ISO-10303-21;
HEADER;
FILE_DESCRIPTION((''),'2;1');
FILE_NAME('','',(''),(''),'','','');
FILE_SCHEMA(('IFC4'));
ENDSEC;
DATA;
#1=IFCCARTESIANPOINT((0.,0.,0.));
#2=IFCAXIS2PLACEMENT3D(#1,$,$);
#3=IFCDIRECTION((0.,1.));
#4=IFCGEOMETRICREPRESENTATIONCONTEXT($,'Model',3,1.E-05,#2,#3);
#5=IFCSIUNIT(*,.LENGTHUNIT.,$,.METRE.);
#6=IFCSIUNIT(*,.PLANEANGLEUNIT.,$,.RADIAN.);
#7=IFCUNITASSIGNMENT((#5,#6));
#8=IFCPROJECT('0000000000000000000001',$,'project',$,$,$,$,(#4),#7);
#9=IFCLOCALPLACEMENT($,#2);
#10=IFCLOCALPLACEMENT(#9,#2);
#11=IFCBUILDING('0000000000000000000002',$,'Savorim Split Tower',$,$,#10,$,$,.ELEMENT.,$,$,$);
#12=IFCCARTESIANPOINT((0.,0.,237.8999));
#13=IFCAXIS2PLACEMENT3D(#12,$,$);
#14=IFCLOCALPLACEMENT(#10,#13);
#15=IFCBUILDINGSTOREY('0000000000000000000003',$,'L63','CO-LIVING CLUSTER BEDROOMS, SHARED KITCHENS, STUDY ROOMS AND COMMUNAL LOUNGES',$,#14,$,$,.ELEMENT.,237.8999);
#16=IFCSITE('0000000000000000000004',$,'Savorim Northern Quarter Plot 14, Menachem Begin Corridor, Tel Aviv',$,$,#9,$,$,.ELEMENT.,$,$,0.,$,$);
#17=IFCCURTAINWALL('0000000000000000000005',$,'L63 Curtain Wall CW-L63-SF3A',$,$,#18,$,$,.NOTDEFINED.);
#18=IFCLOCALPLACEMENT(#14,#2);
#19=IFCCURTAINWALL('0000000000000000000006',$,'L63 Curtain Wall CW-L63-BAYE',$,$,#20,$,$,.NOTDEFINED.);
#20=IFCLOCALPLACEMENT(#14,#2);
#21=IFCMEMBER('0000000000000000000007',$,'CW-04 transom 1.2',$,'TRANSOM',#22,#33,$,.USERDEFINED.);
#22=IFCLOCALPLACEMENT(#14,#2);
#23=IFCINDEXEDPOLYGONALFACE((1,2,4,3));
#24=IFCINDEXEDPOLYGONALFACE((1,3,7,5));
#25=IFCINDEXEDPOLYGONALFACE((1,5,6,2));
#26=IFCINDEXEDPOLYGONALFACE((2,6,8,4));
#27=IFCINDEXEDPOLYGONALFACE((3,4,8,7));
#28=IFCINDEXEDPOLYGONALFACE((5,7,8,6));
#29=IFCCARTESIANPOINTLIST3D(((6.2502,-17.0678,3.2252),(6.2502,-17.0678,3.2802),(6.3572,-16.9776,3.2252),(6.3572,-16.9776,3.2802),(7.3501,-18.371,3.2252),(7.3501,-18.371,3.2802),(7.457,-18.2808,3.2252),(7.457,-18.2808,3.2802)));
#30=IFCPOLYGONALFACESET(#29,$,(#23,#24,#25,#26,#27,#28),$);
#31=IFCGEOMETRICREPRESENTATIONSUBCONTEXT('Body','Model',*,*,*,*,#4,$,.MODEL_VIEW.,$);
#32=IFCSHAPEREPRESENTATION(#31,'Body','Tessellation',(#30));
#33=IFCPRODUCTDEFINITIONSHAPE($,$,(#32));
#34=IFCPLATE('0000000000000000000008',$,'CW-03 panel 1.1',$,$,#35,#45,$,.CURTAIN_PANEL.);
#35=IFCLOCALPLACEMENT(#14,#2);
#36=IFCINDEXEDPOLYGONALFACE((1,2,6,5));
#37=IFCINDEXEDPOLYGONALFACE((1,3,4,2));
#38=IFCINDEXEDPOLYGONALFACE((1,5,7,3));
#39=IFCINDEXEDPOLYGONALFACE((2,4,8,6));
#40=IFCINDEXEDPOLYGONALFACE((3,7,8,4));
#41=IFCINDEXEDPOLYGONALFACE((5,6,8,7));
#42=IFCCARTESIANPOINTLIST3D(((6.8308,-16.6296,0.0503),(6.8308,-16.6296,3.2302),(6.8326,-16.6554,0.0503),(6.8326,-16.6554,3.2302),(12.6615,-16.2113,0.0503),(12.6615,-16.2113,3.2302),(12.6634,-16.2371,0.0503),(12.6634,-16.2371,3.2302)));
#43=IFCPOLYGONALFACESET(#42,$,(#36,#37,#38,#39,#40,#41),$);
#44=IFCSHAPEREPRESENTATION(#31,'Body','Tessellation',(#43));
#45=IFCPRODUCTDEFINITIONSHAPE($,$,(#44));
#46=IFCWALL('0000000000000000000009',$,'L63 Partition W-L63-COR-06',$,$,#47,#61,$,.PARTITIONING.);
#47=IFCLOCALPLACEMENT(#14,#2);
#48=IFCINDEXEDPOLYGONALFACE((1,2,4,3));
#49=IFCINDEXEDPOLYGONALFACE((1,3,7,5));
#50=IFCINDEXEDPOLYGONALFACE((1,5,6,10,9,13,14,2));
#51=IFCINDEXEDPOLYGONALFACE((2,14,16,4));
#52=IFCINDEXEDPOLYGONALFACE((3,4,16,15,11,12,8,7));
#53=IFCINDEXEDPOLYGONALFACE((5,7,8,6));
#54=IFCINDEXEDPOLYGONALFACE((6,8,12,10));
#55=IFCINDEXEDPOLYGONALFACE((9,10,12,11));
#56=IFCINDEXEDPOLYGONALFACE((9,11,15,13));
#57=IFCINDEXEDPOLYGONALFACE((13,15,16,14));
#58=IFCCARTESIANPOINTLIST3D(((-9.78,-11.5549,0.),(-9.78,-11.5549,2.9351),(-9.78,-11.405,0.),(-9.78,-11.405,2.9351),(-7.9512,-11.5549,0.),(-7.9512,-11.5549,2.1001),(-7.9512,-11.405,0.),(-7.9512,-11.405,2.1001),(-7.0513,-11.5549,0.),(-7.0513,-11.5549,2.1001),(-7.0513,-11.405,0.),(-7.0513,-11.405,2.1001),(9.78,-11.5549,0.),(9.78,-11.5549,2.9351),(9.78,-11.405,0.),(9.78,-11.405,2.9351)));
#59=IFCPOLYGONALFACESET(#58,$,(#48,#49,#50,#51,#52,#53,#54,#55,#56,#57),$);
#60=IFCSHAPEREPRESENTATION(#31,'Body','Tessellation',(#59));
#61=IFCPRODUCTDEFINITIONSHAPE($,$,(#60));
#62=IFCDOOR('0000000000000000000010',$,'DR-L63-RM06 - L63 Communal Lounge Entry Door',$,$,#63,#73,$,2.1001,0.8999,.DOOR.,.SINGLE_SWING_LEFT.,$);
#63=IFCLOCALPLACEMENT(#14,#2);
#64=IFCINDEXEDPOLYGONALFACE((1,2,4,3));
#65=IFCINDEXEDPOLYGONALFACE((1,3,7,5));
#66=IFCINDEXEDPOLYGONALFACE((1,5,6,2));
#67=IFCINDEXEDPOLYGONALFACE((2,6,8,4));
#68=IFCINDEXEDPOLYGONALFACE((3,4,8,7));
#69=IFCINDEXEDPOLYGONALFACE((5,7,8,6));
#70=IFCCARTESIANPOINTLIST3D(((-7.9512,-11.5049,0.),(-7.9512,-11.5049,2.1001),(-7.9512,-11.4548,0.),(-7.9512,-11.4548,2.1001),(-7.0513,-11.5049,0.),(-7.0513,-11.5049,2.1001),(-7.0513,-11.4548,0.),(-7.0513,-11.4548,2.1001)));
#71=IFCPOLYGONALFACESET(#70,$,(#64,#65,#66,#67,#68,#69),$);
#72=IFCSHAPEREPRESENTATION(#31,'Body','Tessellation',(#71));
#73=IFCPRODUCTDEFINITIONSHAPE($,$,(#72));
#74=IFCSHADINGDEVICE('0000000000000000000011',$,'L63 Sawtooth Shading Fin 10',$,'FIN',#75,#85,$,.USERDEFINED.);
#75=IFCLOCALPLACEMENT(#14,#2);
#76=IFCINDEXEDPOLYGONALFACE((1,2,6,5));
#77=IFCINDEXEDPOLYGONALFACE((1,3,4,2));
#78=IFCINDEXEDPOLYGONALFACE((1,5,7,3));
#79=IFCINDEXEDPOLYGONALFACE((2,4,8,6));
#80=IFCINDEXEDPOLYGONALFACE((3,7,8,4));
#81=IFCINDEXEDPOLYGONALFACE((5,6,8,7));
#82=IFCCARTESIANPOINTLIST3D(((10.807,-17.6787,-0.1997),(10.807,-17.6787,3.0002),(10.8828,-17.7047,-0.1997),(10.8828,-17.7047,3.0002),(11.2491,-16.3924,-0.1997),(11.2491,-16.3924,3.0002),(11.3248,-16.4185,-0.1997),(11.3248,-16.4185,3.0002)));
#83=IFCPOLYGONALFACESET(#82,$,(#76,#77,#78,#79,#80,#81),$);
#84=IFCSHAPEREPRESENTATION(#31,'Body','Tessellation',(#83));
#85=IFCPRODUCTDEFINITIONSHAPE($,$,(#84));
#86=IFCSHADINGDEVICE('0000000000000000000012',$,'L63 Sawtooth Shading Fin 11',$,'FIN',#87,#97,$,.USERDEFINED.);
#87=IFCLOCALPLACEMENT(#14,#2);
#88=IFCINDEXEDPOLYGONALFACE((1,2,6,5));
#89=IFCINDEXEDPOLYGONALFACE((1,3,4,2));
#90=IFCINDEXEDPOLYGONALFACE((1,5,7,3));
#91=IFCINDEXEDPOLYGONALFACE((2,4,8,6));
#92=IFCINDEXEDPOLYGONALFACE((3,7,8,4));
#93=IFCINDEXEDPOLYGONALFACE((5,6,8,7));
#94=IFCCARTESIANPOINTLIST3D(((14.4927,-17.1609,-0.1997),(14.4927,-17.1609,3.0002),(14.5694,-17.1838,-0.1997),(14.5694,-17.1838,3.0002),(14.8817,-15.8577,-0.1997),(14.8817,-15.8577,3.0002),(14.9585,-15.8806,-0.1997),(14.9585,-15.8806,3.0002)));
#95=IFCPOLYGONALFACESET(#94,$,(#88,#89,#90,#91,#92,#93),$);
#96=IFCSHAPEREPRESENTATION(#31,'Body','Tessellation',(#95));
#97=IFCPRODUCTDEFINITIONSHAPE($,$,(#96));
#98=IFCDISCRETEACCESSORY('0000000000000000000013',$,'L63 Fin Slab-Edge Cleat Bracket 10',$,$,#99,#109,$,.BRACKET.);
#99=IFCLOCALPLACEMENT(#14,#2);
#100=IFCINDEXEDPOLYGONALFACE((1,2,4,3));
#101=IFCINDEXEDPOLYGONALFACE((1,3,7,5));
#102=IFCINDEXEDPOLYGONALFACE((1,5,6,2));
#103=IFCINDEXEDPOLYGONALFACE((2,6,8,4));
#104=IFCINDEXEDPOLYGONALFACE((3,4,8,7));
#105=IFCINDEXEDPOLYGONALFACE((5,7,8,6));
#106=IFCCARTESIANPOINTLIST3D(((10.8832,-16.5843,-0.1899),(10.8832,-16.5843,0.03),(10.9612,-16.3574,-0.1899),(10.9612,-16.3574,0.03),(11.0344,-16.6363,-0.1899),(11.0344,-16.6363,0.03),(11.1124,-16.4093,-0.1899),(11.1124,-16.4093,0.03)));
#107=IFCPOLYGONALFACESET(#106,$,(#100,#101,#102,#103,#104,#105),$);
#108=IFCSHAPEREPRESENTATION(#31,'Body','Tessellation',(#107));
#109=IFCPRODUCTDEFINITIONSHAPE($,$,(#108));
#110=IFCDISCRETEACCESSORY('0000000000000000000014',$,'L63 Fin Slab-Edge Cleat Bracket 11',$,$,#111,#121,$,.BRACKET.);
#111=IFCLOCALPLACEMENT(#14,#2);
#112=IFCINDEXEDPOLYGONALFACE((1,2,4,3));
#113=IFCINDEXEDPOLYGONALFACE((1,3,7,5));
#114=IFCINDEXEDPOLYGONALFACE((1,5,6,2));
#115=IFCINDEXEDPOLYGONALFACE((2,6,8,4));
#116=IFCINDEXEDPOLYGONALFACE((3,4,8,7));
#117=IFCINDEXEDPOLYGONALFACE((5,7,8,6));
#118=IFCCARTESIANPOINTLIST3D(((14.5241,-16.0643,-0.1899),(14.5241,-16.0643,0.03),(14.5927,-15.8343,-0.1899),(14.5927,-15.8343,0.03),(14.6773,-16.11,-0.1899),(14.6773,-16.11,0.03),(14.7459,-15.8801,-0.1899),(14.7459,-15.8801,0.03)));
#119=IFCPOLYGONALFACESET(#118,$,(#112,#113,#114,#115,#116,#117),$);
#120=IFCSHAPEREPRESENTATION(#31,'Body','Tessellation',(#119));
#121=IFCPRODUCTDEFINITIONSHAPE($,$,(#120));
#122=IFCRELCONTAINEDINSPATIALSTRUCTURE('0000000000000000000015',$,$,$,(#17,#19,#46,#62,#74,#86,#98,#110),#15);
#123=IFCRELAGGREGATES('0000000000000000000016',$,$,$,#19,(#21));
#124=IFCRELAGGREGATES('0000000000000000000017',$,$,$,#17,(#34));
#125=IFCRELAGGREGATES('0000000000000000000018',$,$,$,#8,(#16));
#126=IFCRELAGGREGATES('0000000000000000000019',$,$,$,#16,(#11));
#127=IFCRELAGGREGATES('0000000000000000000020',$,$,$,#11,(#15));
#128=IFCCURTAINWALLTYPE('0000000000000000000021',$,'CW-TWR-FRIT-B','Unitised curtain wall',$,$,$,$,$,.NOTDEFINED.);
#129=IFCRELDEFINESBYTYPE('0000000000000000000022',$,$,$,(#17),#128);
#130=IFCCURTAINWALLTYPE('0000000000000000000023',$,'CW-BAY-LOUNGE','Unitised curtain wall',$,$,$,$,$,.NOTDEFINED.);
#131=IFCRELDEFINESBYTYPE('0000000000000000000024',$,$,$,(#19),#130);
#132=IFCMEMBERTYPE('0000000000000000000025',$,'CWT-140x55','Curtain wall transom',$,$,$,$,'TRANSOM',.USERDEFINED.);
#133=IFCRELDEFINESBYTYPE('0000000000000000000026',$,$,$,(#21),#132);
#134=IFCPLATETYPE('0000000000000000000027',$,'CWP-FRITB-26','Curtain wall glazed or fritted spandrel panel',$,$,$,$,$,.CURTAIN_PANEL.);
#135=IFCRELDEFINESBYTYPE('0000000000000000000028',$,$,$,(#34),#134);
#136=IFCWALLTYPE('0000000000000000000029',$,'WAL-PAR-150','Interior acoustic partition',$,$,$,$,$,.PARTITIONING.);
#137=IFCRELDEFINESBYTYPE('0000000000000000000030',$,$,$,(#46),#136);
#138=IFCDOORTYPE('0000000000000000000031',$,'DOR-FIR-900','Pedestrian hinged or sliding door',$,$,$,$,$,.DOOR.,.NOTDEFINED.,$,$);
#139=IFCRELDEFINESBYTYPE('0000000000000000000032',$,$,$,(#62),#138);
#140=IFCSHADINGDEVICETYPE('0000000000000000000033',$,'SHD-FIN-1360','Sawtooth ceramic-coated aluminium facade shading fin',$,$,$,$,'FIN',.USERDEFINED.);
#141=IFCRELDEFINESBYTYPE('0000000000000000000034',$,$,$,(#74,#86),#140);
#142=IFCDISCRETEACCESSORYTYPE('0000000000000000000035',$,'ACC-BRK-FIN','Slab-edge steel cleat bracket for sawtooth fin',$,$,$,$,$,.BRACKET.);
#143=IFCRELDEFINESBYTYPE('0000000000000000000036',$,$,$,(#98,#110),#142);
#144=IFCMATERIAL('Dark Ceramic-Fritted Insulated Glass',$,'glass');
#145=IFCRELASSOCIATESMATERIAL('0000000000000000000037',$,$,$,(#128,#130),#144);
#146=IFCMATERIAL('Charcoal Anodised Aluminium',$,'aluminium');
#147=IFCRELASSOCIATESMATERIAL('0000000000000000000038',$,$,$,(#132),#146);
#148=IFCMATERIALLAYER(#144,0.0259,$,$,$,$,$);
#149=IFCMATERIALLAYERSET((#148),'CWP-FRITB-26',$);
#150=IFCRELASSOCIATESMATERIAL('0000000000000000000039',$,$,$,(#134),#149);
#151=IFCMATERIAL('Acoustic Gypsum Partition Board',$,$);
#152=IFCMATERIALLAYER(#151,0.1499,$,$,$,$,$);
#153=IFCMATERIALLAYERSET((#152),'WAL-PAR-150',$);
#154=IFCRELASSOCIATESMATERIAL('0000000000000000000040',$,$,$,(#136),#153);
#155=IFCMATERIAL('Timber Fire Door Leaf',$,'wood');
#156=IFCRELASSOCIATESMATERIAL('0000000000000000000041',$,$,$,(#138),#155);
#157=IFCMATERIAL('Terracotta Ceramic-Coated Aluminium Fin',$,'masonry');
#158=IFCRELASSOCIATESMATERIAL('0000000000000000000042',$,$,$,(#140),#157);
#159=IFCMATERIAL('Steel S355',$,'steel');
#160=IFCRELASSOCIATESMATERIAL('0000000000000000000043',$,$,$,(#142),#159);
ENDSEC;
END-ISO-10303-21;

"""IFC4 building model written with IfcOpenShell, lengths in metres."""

from ifc_helpers import new_model, si_unit, direction, frame, frame_2d, origin, origin_2d, place, context, subcontext, project, spatial, rectangle, extrude, material, layer, layer_set, material_profile, profile_set, type_object, element, fill, aggregate, save


model = new_model("IFC4")

# Units and contexts
model_context = context("Model", 3, precision=1e-05, world=origin(), true_north=direction((0.0, 1.0)))
body_context = subcontext(model_context, "Body", "Model", "MODEL_VIEW")
ifc_project = project(units=[si_unit("LENGTHUNIT", "METRE"), si_unit("PLANEANGLEUNIT", "RADIAN")], contexts=[model_context])

# Site, building, storey
site_placement = place(None, origin())
site = spatial("IfcSite", under=ifc_project, at=site_placement, Name="Savorim Northern Quarter Plot 14, Menachem Begin Corridor, Tel Aviv", CompositionType="ELEMENT", RefElevation=0.0)
building_placement = place(site_placement, origin())
building = spatial("IfcBuilding", under=site, at=building_placement, Name="Savorim Split Tower", CompositionType="ELEMENT")
storey_placement = place(building_placement, frame((0.0, 0.0, 237.8999)))
storey = spatial("IfcBuildingStorey", under=building, at=storey_placement, Name="L63", Description="CO-LIVING CLUSTER BEDROOMS, SHARED KITCHENS, STUDY ROOMS AND COMMUNAL LOUNGES", CompositionType="ELEMENT", Elevation=237.8999)

# Shared definitions
ifc_material_1 = material(Name="Steel S355", Category="steel")

# Curtain walls
ifc_material_2 = material(Name="Dark Ceramic-Fritted Insulated Glass", Category="glass")
curtain_wall_type_1 = type_object("IfcCurtainWallType", Name="CW-TWR-FRIT-B", Description="Unitised curtain wall", PredefinedType="NOTDEFINED", material=ifc_material_2)
curtain_wall_1_placement = place(storey_placement, origin())
curtain_wall_1 = element("IfcCurtainWall", 1, at=curtain_wall_1_placement, inside=storey, type_object=curtain_wall_type_1, Name="L63 Curtain Wall CW-L63-SF3A", PredefinedType="NOTDEFINED")
ifc_material_3 = material(Name="Charcoal Anodised Aluminium", Category="aluminium")
curtain_wall_type_2 = type_object("IfcCurtainWallType", Name="CW-BAY-LOUNGE", Description="Unitised curtain wall", PredefinedType="NOTDEFINED", material=ifc_material_2)
curtain_wall_2_placement = place(storey_placement, origin())
curtain_wall_2 = element("IfcCurtainWall", 2, at=curtain_wall_2_placement, inside=storey, type_object=curtain_wall_type_2, Name="L63 Curtain Wall CW-L63-BAYE", PredefinedType="NOTDEFINED")

# Member
ifc_material_profile_1 = material_profile(ifc_material_3, rectangle(XDim=0.1399, YDim=0.0549, at=origin_2d()), Name="ALU-T 140x55")
ifc_profile_set_1 = profile_set([ifc_material_profile_1], Name="Charcoal Anodised Aluminium")
member_type_1 = type_object("IfcMemberType", Name="CWT-140x55", Description="Curtain wall transom", ElementType="TRANSOM", PredefinedType="USERDEFINED", material=ifc_profile_set_1)
member_1_placement = place(storey_placement, frame((7.4036, -18.3259, 3.2527), z_axis=(-0.64496, 0.764217, 0.0), x_axis=(-0.764217, -0.64496, 0.0)))
member_1 = element("IfcMember", 3, at=member_1_placement, type_object=member_type_1, Name="CW-04 transom 1.2", ObjectType="TRANSOM", PredefinedType="USERDEFINED", context=body_context, shape_type="SweptSolid", body=[
    extrude(rectangle(XDim=0.1399, YDim=0.0549, at=origin_2d()), origin(), (0.0, 0.0, 1.0), 1.7053),
])
aggregate(curtain_wall_2, [member_1])

# Plate
ifc_layer_1 = layer(ifc_material_2, 0.0259)
ifc_layer_set_1 = layer_set([ifc_layer_1], Name="CWP-FRITB-26")
plate_type = type_object("IfcPlateType", Name="CWP-FRITB-26", Description="Curtain wall glazed or fritted spandrel panel", PredefinedType="CURTAIN_PANEL", material=ifc_layer_set_1)
plate_placement = place(storey_placement, frame((9.7471, -16.4333, 0.0503), z_axis=(0.0, 0.0, 1.0), x_axis=(0.997436, 0.071558, 0.0)))
plate = element("IfcPlate", 4, at=plate_placement, type_object=plate_type, Name="CW-03 panel 1.1", PredefinedType="CURTAIN_PANEL", context=body_context, shape_type="SweptSolid", body=[
    extrude(rectangle(XDim=5.8457, YDim=0.0259, at=origin_2d()), origin(), (0.0, 0.0, 1.0), 3.1799),
])
aggregate(curtain_wall_1, [plate])

# Wall, opening, door
ifc_material_4 = material(Name="Acoustic Gypsum Partition Board")
ifc_layer_2 = layer(ifc_material_4, 0.1499)
ifc_layer_set_2 = layer_set([ifc_layer_2], Name="WAL-PAR-150")
wall_type = type_object("IfcWallType", Name="WAL-PAR-150", Description="Interior acoustic partition", PredefinedType="PARTITIONING", material=ifc_layer_set_2)
wall_placement = place(storey_placement, frame((9.78, -11.48, 0.0), z_axis=(0.0, 0.0, 1.0), x_axis=(-1.0, 0.0, 0.0)))
wall = element("IfcWall", 5, at=wall_placement, inside=storey, type_object=wall_type, Name="L63 Partition W-L63-COR-06", PredefinedType="PARTITIONING", context=body_context, shape_type="SweptSolid", body=[
    extrude(rectangle(XDim=19.5601, YDim=0.1499, at=frame_2d((9.78, 0.0))), origin(), (0.0, 0.0, 1.0), 2.9351),
])
opening_placement = place(wall_placement, frame((16.8313, 0.0, 0.0)))
opening = element("IfcOpeningElement", 6, at=opening_placement, cuts=wall, PredefinedType="OPENING", context=body_context, shape_type="SweptSolid", body=[
    extrude(rectangle(XDim=0.8999, YDim=2.1001, at=frame_2d((0.45, 1.05))), frame((0.0, 0.085, 0.0), z_axis=(0.0, -1.0, 0.0), x_axis=(1.0, 0.0, 0.0)), (0.0, 0.0, 1.0), 0.1699),
])
ifc_material_5 = material(Name="Timber Fire Door Leaf", Category="wood")
door_type = type_object("IfcDoorType", Name="DOR-FIR-900", Description="Pedestrian hinged or sliding door", OperationType="NOTDEFINED", PredefinedType="DOOR", material=ifc_material_5)
door_placement = place(opening_placement, origin())
door = element("IfcDoor", 7, at=door_placement, inside=storey, type_object=door_type, Name="DR-L63-RM06 - L63 Communal Lounge Entry Door", OperationType="SINGLE_SWING_LEFT", OverallHeight=2.1001, OverallWidth=0.8999, PredefinedType="DOOR", context=body_context, shape_type="SweptSolid", body=[
    extrude(rectangle(XDim=0.8999, YDim=2.1001, at=frame_2d((0.45, 1.05))), frame((0.0, 0.0249, 0.0), z_axis=(0.0, -1.0, 0.0), x_axis=(1.0, 0.0, 0.0)), (0.0, 0.0, 1.0), 0.05),
])
fill(opening, door)

# Shading devices
ifc_material_6 = material(Name="Terracotta Ceramic-Coated Aluminium Fin", Category="masonry")
shading_device_type = type_object("IfcShadingDeviceType", Name="SHD-FIN-1360", Description="Sawtooth ceramic-coated aluminium facade shading fin", ElementType="FIN", PredefinedType="USERDEFINED", material=ifc_material_6)
for number, where, z_axis, x_axis, name in (
    (8, (11.0659, -17.0486, -0.1997), (0.0, 0.0, 1.0), (-0.324994, -0.945716, 0.0), "L63 Sawtooth Shading Fin 10"),
    (9, (14.7256, -16.5208, -0.1997), (0.0, 0.0, 1.0), (-0.286026, -0.958222, 0.0), "L63 Sawtooth Shading Fin 11"),
):
    element("IfcShadingDevice", number, at=place(storey_placement, frame(where, z_axis=z_axis, x_axis=x_axis)), inside=storey, type_object=shading_device_type, Name=name, ObjectType="FIN", PredefinedType="USERDEFINED", context=body_context, shape_type="SweptSolid", body=[
        extrude(rectangle(XDim=1.3601, YDim=0.0801, at=origin_2d()), origin(), (0.0, 0.0, 1.0), 3.2),
    ])

# Discrete accessories
discrete_accessory_type = type_object("IfcDiscreteAccessoryType", Name="ACC-BRK-FIN", Description="Slab-edge steel cleat bracket for sawtooth fin", PredefinedType="BRACKET", material=ifc_material_1)
for number, where, z_axis, x_axis, name in (
    (10, (10.9978, -16.4968, -0.1899), (0.0, 0.0, 1.0), (-0.324994, -0.945716, 0.0), "L63 Fin Slab-Edge Cleat Bracket 10"),
    (11, (14.635, -15.9722, -0.1899), (0.0, 0.0, 1.0), (-0.286026, -0.958222, 0.0), "L63 Fin Slab-Edge Cleat Bracket 11"),
):
    element("IfcDiscreteAccessory", number, at=place(storey_placement, frame(where, z_axis=z_axis, x_axis=x_axis)), inside=storey, type_object=discrete_accessory_type, Name=name, PredefinedType="BRACKET", context=body_context, shape_type="SweptSolid", body=[
        extrude(rectangle(XDim=0.24, YDim=0.1599, at=origin_2d()), origin(), (0.0, 0.0, 1.0), 0.22),
    ])

save(model, "model.ifc")
